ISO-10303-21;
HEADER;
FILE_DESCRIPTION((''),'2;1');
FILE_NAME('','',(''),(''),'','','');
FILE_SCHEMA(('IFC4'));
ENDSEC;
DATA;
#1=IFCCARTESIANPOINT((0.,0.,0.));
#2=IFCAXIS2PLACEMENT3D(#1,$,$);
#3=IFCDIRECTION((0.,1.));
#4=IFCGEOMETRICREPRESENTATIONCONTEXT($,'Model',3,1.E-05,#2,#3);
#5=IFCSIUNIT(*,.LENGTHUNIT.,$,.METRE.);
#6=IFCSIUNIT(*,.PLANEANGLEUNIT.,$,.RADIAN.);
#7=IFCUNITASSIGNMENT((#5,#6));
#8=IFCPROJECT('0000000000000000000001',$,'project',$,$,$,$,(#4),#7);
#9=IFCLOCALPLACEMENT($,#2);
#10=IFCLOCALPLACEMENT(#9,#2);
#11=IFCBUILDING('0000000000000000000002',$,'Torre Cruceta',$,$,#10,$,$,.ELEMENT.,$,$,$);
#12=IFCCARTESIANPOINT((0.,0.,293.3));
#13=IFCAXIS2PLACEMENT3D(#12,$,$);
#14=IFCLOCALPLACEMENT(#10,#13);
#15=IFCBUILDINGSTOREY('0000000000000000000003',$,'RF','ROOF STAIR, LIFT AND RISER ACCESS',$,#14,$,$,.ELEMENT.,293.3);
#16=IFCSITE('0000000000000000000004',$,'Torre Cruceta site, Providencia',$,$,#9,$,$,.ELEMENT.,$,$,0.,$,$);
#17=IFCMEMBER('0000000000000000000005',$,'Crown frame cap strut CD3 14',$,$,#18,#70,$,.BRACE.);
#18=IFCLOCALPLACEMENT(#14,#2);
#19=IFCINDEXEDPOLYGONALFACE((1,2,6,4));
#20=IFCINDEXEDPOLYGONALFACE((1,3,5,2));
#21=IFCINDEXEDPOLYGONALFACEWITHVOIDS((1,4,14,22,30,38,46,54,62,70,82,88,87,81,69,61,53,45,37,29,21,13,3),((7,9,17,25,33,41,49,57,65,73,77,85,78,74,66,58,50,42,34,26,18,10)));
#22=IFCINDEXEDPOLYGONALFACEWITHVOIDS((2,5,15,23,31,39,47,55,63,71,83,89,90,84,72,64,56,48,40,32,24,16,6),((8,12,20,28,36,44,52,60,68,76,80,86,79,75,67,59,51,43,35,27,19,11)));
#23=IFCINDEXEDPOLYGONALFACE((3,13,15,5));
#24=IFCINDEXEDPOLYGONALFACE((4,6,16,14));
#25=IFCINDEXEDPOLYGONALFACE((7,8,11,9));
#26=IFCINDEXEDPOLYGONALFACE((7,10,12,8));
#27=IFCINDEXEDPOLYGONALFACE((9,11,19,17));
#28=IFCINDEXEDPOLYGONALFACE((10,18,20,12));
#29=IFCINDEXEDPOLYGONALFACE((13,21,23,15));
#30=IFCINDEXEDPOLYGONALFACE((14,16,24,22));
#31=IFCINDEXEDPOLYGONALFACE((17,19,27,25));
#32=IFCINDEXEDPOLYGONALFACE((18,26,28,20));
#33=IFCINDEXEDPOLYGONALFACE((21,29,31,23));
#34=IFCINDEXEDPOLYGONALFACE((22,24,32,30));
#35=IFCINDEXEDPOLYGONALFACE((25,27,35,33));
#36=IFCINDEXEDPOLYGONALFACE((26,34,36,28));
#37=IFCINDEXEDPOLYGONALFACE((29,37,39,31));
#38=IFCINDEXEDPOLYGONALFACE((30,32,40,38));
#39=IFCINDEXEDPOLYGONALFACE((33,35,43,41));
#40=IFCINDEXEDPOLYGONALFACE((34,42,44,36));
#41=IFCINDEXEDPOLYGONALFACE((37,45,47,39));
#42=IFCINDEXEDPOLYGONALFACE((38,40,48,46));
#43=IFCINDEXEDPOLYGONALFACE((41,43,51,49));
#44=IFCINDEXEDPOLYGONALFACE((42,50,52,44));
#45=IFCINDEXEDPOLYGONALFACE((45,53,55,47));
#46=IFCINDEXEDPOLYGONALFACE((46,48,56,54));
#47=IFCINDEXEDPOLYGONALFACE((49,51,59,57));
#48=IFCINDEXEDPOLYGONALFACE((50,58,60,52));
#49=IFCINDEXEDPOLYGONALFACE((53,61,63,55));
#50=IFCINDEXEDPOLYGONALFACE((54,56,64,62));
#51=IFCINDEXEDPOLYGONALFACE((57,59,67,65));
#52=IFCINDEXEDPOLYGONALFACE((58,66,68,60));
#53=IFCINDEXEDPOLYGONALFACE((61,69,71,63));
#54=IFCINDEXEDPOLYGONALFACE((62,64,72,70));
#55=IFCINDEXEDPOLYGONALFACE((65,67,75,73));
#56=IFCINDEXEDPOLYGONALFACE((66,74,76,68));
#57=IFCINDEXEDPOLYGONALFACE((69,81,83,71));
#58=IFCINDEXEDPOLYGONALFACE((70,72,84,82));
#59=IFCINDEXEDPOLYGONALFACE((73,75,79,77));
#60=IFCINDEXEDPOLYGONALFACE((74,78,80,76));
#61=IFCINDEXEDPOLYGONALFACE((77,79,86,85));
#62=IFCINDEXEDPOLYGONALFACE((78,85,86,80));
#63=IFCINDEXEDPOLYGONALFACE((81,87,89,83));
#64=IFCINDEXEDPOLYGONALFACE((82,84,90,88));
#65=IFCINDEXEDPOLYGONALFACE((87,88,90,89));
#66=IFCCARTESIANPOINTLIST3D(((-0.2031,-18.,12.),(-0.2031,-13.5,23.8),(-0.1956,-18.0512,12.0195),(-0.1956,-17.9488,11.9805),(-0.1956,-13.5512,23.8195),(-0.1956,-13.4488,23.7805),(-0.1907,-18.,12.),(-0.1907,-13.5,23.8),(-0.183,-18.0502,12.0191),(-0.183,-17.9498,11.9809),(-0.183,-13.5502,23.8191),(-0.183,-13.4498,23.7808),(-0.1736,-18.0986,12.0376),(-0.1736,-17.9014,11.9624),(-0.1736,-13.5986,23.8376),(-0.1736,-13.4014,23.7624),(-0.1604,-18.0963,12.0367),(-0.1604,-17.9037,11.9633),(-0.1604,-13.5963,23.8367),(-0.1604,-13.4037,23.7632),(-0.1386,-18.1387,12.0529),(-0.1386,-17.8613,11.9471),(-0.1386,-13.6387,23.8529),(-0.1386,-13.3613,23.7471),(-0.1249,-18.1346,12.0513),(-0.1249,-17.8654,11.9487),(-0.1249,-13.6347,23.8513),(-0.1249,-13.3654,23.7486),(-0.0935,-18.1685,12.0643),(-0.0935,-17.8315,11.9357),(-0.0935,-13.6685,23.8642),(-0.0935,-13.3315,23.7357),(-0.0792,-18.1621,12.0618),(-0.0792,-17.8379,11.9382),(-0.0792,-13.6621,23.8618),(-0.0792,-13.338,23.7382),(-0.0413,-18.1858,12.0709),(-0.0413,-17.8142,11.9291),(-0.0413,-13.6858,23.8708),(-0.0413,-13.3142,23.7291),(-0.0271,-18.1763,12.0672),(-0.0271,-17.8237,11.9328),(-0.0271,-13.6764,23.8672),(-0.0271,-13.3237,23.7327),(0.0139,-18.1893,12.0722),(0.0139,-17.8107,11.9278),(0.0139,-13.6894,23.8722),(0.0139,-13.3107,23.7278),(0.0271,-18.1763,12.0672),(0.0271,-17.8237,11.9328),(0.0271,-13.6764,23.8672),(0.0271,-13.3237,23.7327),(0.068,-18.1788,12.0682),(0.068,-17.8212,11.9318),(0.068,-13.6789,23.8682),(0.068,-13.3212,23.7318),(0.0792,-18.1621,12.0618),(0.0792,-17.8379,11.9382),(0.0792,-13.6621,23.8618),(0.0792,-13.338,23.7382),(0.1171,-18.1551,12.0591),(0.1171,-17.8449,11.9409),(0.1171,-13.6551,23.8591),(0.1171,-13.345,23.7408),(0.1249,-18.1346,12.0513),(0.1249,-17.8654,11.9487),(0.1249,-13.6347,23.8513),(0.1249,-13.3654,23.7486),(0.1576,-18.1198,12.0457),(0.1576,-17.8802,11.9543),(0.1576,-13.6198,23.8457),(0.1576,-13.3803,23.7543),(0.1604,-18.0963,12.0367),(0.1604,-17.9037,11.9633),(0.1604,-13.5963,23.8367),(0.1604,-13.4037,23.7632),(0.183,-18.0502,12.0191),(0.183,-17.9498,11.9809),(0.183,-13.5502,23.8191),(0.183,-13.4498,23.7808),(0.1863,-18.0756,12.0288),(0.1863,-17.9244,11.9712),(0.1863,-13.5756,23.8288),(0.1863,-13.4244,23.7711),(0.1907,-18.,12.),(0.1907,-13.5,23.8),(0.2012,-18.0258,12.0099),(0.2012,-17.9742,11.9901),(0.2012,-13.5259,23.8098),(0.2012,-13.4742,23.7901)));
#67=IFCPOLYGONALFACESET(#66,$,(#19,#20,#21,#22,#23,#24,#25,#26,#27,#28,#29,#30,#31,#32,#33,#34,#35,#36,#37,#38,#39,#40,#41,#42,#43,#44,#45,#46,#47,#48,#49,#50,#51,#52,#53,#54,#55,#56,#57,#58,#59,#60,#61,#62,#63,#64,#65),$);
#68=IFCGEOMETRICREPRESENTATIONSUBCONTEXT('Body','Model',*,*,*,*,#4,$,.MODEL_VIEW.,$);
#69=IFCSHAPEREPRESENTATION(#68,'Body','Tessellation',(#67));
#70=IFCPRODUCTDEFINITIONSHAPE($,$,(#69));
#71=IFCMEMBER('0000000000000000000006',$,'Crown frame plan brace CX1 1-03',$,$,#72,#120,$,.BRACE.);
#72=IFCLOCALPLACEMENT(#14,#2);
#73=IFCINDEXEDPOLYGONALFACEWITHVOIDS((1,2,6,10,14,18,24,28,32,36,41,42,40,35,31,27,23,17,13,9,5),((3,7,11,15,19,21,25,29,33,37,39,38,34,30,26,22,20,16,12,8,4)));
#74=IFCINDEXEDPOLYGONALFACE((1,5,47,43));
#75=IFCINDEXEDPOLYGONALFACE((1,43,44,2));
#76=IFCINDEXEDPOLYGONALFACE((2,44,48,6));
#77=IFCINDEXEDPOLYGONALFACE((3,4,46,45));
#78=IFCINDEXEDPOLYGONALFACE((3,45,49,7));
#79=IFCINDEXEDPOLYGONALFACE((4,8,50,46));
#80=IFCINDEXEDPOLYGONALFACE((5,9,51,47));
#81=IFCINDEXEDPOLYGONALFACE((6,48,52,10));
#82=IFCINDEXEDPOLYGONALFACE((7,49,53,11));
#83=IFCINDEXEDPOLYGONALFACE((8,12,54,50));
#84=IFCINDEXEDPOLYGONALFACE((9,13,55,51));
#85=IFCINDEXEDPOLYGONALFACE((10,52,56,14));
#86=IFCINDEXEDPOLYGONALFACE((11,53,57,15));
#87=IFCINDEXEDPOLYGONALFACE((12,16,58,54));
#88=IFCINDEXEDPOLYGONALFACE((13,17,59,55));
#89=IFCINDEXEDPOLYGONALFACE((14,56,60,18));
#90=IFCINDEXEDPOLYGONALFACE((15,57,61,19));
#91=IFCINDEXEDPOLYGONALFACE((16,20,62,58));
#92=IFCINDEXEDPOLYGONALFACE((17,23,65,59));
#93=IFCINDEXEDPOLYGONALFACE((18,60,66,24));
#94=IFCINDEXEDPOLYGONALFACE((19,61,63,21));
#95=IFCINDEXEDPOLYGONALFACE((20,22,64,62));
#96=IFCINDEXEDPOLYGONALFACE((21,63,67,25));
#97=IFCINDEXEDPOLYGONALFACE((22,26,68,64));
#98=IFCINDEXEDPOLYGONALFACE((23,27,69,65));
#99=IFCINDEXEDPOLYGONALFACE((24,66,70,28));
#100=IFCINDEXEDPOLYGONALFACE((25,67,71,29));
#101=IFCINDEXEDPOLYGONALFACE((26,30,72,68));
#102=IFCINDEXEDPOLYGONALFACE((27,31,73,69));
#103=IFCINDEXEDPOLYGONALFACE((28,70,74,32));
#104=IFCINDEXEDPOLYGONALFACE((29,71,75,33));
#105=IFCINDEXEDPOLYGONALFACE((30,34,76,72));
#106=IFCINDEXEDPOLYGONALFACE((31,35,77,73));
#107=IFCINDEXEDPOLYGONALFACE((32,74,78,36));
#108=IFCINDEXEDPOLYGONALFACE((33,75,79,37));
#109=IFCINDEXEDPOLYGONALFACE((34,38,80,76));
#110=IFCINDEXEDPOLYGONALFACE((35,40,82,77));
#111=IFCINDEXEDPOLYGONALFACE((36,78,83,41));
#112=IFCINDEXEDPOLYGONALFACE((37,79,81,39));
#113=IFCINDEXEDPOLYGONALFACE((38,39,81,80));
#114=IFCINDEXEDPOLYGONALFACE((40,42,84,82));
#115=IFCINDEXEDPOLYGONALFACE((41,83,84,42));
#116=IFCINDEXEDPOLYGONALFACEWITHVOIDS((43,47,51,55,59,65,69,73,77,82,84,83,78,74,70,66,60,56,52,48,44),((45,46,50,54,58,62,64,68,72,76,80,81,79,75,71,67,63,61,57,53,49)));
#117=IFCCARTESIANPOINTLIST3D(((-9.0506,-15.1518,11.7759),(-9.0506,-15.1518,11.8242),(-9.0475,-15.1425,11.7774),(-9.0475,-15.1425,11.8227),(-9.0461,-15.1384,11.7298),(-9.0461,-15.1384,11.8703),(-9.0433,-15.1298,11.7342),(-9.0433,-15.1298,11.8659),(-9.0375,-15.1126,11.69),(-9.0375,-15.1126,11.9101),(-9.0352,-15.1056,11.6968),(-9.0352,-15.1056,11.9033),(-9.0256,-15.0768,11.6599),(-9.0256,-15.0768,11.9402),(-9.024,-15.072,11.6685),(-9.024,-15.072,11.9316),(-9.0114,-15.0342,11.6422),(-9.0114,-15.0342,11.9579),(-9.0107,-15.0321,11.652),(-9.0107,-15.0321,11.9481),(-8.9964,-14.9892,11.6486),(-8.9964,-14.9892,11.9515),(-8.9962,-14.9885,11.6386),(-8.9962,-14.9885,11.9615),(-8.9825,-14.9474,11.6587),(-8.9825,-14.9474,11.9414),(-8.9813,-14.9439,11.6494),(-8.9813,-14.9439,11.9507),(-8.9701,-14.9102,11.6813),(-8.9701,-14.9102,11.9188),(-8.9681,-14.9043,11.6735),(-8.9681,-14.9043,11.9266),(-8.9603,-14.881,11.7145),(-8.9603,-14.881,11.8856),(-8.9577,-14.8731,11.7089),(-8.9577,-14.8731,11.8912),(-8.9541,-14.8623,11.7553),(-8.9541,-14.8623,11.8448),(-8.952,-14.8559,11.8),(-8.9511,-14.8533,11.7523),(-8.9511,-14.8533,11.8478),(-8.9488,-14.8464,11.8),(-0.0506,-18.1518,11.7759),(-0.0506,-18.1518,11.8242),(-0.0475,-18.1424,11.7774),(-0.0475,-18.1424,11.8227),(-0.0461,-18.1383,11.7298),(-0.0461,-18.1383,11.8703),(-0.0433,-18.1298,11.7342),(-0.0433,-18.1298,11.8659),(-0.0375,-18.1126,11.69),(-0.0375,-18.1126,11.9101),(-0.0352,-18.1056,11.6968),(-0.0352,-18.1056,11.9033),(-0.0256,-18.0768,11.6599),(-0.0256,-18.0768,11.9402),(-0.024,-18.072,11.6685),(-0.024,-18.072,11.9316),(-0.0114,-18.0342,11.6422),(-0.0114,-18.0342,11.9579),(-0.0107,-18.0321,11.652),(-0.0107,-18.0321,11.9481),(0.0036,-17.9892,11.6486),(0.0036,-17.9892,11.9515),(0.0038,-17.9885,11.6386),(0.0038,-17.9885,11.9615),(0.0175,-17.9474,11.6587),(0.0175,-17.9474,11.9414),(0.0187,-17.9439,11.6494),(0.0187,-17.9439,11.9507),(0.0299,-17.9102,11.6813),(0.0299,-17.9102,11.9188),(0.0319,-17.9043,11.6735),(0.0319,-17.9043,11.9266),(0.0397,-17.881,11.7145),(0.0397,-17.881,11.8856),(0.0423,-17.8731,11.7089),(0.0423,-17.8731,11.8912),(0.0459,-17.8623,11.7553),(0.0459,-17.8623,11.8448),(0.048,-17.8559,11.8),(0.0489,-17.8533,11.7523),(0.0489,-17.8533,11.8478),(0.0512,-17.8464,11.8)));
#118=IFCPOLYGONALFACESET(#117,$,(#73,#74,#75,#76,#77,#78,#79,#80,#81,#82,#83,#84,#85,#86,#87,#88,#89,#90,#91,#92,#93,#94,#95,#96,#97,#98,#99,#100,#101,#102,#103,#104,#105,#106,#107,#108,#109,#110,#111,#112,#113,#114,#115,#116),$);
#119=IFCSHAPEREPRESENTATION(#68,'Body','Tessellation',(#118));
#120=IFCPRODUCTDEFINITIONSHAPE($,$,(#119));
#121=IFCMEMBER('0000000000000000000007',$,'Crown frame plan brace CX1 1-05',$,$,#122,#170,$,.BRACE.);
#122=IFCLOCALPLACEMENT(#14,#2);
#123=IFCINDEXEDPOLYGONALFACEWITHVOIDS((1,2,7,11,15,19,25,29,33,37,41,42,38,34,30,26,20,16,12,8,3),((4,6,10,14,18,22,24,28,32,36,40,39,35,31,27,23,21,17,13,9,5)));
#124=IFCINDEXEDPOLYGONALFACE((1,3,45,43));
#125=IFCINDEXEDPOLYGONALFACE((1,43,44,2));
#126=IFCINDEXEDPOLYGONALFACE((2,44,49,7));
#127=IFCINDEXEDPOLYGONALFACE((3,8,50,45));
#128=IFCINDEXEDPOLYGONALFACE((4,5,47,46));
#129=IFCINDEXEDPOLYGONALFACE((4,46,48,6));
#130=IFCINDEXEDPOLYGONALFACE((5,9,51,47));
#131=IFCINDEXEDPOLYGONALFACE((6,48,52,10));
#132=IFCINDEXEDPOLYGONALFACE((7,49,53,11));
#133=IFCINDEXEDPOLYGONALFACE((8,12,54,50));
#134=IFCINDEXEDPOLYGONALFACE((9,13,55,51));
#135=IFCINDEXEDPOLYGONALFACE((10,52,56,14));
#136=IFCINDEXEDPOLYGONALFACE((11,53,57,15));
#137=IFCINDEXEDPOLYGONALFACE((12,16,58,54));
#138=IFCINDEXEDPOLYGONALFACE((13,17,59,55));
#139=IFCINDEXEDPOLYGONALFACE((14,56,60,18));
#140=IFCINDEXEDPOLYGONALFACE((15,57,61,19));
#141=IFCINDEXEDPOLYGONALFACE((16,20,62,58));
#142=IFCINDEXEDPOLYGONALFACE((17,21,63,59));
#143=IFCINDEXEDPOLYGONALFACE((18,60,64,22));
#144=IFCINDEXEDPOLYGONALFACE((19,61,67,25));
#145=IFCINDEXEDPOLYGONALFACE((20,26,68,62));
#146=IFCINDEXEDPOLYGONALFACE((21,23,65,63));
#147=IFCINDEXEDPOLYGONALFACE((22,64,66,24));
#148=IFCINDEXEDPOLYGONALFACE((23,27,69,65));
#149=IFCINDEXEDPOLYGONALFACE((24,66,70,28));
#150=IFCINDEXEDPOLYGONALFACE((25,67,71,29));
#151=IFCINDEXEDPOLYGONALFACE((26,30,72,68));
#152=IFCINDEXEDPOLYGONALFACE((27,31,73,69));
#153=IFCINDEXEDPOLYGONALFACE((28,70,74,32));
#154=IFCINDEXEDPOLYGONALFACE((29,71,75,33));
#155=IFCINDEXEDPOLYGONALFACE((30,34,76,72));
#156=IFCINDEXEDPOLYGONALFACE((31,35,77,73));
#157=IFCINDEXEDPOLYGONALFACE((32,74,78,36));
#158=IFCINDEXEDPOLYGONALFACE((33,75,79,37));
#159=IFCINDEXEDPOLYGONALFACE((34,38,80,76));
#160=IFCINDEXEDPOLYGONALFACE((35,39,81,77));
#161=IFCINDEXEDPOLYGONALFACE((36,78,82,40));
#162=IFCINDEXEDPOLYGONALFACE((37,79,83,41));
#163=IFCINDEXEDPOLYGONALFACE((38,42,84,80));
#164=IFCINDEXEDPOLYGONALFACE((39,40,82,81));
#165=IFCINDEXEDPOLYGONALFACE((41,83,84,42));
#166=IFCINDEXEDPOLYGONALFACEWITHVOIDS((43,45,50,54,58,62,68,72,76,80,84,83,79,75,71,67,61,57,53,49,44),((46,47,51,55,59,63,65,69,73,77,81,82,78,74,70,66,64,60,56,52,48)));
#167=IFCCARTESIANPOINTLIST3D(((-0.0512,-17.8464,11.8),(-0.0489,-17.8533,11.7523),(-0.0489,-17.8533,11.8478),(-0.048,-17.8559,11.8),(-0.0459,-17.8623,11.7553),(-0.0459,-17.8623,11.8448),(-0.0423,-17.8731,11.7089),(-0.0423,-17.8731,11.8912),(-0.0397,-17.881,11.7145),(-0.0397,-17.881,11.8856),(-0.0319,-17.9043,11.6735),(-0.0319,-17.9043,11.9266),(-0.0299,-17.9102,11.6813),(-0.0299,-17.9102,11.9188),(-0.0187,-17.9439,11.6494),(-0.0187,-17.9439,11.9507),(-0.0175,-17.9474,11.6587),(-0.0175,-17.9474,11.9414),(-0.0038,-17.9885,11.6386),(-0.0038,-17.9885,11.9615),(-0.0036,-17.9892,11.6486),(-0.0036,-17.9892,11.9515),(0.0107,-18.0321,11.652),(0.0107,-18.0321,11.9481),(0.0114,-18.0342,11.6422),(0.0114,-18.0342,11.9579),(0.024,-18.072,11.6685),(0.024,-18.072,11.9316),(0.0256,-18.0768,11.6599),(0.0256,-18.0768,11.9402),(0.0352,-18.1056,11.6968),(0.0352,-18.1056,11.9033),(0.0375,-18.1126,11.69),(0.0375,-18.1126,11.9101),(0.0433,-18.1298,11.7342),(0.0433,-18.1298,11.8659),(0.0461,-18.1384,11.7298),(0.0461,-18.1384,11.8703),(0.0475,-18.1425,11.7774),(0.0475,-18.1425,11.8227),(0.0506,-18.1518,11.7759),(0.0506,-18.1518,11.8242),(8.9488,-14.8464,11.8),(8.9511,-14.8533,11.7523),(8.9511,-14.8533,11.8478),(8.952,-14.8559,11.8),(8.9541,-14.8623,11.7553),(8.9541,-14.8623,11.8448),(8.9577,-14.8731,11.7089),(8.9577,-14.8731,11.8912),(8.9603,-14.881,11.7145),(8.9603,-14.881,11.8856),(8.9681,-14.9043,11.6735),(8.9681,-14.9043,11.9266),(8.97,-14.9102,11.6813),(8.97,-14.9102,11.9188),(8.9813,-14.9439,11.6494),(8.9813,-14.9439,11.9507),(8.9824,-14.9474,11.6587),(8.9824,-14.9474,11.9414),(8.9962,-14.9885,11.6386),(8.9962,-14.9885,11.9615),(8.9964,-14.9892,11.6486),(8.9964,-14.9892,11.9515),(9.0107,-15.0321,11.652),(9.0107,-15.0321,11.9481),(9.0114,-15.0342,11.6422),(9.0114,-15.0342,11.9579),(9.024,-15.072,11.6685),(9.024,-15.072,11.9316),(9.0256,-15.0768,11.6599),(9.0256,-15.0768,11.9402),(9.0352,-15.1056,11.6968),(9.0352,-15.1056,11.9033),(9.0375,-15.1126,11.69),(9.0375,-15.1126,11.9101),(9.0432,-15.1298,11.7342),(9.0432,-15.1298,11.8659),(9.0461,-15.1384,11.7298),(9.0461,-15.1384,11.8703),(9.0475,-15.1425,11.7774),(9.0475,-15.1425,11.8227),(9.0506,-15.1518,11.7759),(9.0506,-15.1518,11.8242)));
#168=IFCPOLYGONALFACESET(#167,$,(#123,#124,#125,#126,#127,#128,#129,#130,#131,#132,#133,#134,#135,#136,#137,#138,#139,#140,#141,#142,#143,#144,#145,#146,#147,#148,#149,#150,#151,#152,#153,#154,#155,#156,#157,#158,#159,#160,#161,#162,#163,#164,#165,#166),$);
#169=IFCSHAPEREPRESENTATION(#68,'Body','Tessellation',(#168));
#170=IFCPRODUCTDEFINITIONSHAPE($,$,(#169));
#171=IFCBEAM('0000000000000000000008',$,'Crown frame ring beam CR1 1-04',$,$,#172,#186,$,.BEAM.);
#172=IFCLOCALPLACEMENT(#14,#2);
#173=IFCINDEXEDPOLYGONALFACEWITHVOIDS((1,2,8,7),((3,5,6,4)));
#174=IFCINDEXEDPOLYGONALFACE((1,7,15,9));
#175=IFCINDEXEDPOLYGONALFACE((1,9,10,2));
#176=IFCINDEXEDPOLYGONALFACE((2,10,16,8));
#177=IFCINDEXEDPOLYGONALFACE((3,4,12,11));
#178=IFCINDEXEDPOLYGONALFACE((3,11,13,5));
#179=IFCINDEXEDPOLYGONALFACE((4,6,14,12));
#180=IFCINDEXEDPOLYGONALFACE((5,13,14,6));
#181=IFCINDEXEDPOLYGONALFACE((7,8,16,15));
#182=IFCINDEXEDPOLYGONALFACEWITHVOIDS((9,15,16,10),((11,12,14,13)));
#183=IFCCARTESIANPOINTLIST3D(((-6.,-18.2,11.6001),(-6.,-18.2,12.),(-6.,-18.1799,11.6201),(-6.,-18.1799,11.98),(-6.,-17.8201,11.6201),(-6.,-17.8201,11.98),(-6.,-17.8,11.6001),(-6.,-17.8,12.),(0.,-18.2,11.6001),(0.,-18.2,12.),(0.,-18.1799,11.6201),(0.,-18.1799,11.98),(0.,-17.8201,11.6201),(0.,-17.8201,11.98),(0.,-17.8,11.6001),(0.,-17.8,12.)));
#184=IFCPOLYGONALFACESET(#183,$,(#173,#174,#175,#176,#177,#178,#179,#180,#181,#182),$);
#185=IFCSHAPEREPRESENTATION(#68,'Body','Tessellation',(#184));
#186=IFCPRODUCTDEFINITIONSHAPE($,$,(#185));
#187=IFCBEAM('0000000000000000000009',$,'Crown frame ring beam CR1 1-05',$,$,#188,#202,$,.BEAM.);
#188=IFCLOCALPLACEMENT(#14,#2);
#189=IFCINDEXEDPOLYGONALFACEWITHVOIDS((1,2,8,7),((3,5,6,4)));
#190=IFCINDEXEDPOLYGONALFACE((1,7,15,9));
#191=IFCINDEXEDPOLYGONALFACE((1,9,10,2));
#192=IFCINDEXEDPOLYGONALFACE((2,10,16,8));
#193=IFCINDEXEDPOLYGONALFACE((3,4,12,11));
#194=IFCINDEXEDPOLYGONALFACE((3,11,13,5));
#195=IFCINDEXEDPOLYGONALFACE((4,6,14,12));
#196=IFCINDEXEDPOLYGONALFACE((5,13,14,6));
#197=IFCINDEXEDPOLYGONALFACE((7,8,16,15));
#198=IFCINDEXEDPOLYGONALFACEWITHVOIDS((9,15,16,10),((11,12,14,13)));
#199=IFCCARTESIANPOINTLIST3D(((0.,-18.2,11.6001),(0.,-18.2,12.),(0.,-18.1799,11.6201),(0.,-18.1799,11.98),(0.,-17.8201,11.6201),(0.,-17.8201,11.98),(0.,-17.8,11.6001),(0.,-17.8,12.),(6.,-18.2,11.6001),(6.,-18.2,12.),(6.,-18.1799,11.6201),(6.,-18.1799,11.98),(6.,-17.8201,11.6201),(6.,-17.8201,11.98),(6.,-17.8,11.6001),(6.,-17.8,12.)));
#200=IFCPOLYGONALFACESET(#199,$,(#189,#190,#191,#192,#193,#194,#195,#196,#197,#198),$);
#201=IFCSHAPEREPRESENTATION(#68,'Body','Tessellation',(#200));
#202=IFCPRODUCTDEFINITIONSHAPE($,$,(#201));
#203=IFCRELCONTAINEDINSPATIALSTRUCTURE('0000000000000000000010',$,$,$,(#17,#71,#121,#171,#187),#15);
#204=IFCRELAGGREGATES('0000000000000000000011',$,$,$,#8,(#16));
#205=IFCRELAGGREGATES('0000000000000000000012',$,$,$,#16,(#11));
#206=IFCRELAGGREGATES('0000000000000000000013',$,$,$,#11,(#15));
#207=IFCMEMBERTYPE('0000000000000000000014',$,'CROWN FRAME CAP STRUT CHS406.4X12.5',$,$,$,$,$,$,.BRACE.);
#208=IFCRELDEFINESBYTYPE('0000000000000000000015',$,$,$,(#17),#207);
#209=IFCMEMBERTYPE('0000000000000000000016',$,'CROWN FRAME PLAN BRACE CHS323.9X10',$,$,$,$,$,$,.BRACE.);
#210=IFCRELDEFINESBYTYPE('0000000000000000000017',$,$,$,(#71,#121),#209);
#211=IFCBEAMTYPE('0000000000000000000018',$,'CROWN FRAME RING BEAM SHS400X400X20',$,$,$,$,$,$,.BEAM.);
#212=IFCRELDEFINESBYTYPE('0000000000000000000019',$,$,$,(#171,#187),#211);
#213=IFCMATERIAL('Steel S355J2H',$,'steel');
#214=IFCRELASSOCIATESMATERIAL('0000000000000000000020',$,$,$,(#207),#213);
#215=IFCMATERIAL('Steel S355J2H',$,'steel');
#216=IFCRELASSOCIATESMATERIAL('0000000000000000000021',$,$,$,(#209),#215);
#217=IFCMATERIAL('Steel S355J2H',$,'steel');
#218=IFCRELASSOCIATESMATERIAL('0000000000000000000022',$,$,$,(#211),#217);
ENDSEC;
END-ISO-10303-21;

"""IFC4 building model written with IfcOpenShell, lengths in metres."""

from ifc_helpers import new_model, si_unit, direction, frame, origin, origin_2d, place, context, subcontext, project, spatial, hollow_rectangle, hollow_circle, extrude, material, material_profile, profile_set, type_object, element, save


model = new_model("IFC4")

# Units and contexts
model_context = context("Model", 3, precision=1e-05, world=origin(), true_north=direction((0.0, 1.0)))
body_context = subcontext(model_context, "Body", "Model", "MODEL_VIEW")
ifc_project = project(units=[si_unit("LENGTHUNIT", "METRE"), si_unit("PLANEANGLEUNIT", "RADIAN")], contexts=[model_context])

# Site, building, storey
site_placement = place(None, origin())
site = spatial("IfcSite", under=ifc_project, at=site_placement, Name="Torre Cruceta site, Providencia", CompositionType="ELEMENT", RefElevation=0.0)
building_placement = place(site_placement, origin())
building = spatial("IfcBuilding", under=site, at=building_placement, Name="Torre Cruceta", CompositionType="ELEMENT")
storey_placement = place(building_placement, frame((0.0, 0.0, 293.3)))
storey = spatial("IfcBuildingStorey", under=building, at=storey_placement, Name="RF", Description="ROOF STAIR, LIFT AND RISER ACCESS", CompositionType="ELEMENT", Elevation=293.3)

# Members
ifc_material_1 = material(Name="Steel S355J2H", Category="steel")
ifc_material_profile_1 = material_profile(ifc_material_1, hollow_circle(Radius=0.2031, WallThickness=0.0125, at=origin_2d()), Name="CHS406.4X12.5")
ifc_profile_set_1 = profile_set([ifc_material_profile_1], Name="Steel S355J2H")
member_type_1 = type_object("IfcMemberType", Name="CROWN FRAME CAP STRUT CHS406.4X12.5", PredefinedType="BRACE", material=ifc_profile_set_1)
member_1_placement = place(storey_placement, frame((0.0, -18.0, 12.0), z_axis=(0.0, 0.356323, 0.934363), x_axis=(-1.0, 0.0, 0.0)))
element("IfcMember", 1, at=member_1_placement, inside=storey, type_object=member_type_1, Name="Crown frame cap strut CD3 14", PredefinedType="BRACE", context=body_context, shape_type="SweptSolid", body=[
    extrude(hollow_circle(Radius=0.2031, WallThickness=0.0125, at=origin_2d()), origin(), (0.0, 0.0, 1.0), 12.6289),
])
ifc_material_2 = material(Name="Steel S355J2H", Category="steel")
ifc_material_profile_2 = material_profile(ifc_material_2, hollow_circle(Radius=0.1619, WallThickness=0.01, at=origin_2d()), Name="CHS323.9X10")
ifc_profile_set_2 = profile_set([ifc_material_profile_2], Name="Steel S355J2H")
member_type_2 = type_object("IfcMemberType", Name="CROWN FRAME PLAN BRACE CHS323.9X10", PredefinedType="BRACE", material=ifc_profile_set_2)
for number, where, z_axis, x_axis, name in (
    (2, (-9.0, -15.0, 11.8), (0.948683, -0.316228, 0.0), (0.316228, 0.948683, 0.0), "Crown frame plan brace CX1 1-03"),
    (3, (0.0, -18.0, 11.8), (0.948683, 0.316228, 0.0), (-0.316228, 0.948683, 0.0), "Crown frame plan brace CX1 1-05"),
):
    element("IfcMember", number, at=place(storey_placement, frame(where, z_axis=z_axis, x_axis=x_axis)), inside=storey, type_object=member_type_2, Name=name, PredefinedType="BRACE", context=body_context, shape_type="SweptSolid", body=[
        extrude(hollow_circle(Radius=0.1619, WallThickness=0.01, at=origin_2d()), origin(), (0.0, 0.0, 1.0), 9.4868),
    ])

# Beams
ifc_material_3 = material(Name="Steel S355J2H", Category="steel")
ifc_material_profile_3 = material_profile(ifc_material_3, hollow_rectangle(XDim=0.3999, YDim=0.3999, WallThickness=0.02, at=origin_2d()), Name="SHS400X400X20")
ifc_profile_set_3 = profile_set([ifc_material_profile_3], Name="Steel S355J2H")
beam_type = type_object("IfcBeamType", Name="CROWN FRAME RING BEAM SHS400X400X20", PredefinedType="BEAM", material=ifc_profile_set_3)
for number, where, z_axis, x_axis, name in (
    (4, (-6.0, -18.0, 11.8), (1.0, 0.0, 0.0), (0.0, 1.0, 0.0), "Crown frame ring beam CR1 1-04"),
    (5, (0.0, -18.0, 11.8), (1.0, 0.0, 0.0), (0.0, 1.0, 0.0), "Crown frame ring beam CR1 1-05"),
):
    element("IfcBeam", number, at=place(storey_placement, frame(where, z_axis=z_axis, x_axis=x_axis)), inside=storey, type_object=beam_type, Name=name, PredefinedType="BEAM", context=body_context, shape_type="SweptSolid", body=[
        extrude(hollow_rectangle(XDim=0.3999, YDim=0.3999, WallThickness=0.02, at=origin_2d()), origin(), (0.0, 0.0, 1.0), 6.0),
    ])

save(model, "model.ifc")
